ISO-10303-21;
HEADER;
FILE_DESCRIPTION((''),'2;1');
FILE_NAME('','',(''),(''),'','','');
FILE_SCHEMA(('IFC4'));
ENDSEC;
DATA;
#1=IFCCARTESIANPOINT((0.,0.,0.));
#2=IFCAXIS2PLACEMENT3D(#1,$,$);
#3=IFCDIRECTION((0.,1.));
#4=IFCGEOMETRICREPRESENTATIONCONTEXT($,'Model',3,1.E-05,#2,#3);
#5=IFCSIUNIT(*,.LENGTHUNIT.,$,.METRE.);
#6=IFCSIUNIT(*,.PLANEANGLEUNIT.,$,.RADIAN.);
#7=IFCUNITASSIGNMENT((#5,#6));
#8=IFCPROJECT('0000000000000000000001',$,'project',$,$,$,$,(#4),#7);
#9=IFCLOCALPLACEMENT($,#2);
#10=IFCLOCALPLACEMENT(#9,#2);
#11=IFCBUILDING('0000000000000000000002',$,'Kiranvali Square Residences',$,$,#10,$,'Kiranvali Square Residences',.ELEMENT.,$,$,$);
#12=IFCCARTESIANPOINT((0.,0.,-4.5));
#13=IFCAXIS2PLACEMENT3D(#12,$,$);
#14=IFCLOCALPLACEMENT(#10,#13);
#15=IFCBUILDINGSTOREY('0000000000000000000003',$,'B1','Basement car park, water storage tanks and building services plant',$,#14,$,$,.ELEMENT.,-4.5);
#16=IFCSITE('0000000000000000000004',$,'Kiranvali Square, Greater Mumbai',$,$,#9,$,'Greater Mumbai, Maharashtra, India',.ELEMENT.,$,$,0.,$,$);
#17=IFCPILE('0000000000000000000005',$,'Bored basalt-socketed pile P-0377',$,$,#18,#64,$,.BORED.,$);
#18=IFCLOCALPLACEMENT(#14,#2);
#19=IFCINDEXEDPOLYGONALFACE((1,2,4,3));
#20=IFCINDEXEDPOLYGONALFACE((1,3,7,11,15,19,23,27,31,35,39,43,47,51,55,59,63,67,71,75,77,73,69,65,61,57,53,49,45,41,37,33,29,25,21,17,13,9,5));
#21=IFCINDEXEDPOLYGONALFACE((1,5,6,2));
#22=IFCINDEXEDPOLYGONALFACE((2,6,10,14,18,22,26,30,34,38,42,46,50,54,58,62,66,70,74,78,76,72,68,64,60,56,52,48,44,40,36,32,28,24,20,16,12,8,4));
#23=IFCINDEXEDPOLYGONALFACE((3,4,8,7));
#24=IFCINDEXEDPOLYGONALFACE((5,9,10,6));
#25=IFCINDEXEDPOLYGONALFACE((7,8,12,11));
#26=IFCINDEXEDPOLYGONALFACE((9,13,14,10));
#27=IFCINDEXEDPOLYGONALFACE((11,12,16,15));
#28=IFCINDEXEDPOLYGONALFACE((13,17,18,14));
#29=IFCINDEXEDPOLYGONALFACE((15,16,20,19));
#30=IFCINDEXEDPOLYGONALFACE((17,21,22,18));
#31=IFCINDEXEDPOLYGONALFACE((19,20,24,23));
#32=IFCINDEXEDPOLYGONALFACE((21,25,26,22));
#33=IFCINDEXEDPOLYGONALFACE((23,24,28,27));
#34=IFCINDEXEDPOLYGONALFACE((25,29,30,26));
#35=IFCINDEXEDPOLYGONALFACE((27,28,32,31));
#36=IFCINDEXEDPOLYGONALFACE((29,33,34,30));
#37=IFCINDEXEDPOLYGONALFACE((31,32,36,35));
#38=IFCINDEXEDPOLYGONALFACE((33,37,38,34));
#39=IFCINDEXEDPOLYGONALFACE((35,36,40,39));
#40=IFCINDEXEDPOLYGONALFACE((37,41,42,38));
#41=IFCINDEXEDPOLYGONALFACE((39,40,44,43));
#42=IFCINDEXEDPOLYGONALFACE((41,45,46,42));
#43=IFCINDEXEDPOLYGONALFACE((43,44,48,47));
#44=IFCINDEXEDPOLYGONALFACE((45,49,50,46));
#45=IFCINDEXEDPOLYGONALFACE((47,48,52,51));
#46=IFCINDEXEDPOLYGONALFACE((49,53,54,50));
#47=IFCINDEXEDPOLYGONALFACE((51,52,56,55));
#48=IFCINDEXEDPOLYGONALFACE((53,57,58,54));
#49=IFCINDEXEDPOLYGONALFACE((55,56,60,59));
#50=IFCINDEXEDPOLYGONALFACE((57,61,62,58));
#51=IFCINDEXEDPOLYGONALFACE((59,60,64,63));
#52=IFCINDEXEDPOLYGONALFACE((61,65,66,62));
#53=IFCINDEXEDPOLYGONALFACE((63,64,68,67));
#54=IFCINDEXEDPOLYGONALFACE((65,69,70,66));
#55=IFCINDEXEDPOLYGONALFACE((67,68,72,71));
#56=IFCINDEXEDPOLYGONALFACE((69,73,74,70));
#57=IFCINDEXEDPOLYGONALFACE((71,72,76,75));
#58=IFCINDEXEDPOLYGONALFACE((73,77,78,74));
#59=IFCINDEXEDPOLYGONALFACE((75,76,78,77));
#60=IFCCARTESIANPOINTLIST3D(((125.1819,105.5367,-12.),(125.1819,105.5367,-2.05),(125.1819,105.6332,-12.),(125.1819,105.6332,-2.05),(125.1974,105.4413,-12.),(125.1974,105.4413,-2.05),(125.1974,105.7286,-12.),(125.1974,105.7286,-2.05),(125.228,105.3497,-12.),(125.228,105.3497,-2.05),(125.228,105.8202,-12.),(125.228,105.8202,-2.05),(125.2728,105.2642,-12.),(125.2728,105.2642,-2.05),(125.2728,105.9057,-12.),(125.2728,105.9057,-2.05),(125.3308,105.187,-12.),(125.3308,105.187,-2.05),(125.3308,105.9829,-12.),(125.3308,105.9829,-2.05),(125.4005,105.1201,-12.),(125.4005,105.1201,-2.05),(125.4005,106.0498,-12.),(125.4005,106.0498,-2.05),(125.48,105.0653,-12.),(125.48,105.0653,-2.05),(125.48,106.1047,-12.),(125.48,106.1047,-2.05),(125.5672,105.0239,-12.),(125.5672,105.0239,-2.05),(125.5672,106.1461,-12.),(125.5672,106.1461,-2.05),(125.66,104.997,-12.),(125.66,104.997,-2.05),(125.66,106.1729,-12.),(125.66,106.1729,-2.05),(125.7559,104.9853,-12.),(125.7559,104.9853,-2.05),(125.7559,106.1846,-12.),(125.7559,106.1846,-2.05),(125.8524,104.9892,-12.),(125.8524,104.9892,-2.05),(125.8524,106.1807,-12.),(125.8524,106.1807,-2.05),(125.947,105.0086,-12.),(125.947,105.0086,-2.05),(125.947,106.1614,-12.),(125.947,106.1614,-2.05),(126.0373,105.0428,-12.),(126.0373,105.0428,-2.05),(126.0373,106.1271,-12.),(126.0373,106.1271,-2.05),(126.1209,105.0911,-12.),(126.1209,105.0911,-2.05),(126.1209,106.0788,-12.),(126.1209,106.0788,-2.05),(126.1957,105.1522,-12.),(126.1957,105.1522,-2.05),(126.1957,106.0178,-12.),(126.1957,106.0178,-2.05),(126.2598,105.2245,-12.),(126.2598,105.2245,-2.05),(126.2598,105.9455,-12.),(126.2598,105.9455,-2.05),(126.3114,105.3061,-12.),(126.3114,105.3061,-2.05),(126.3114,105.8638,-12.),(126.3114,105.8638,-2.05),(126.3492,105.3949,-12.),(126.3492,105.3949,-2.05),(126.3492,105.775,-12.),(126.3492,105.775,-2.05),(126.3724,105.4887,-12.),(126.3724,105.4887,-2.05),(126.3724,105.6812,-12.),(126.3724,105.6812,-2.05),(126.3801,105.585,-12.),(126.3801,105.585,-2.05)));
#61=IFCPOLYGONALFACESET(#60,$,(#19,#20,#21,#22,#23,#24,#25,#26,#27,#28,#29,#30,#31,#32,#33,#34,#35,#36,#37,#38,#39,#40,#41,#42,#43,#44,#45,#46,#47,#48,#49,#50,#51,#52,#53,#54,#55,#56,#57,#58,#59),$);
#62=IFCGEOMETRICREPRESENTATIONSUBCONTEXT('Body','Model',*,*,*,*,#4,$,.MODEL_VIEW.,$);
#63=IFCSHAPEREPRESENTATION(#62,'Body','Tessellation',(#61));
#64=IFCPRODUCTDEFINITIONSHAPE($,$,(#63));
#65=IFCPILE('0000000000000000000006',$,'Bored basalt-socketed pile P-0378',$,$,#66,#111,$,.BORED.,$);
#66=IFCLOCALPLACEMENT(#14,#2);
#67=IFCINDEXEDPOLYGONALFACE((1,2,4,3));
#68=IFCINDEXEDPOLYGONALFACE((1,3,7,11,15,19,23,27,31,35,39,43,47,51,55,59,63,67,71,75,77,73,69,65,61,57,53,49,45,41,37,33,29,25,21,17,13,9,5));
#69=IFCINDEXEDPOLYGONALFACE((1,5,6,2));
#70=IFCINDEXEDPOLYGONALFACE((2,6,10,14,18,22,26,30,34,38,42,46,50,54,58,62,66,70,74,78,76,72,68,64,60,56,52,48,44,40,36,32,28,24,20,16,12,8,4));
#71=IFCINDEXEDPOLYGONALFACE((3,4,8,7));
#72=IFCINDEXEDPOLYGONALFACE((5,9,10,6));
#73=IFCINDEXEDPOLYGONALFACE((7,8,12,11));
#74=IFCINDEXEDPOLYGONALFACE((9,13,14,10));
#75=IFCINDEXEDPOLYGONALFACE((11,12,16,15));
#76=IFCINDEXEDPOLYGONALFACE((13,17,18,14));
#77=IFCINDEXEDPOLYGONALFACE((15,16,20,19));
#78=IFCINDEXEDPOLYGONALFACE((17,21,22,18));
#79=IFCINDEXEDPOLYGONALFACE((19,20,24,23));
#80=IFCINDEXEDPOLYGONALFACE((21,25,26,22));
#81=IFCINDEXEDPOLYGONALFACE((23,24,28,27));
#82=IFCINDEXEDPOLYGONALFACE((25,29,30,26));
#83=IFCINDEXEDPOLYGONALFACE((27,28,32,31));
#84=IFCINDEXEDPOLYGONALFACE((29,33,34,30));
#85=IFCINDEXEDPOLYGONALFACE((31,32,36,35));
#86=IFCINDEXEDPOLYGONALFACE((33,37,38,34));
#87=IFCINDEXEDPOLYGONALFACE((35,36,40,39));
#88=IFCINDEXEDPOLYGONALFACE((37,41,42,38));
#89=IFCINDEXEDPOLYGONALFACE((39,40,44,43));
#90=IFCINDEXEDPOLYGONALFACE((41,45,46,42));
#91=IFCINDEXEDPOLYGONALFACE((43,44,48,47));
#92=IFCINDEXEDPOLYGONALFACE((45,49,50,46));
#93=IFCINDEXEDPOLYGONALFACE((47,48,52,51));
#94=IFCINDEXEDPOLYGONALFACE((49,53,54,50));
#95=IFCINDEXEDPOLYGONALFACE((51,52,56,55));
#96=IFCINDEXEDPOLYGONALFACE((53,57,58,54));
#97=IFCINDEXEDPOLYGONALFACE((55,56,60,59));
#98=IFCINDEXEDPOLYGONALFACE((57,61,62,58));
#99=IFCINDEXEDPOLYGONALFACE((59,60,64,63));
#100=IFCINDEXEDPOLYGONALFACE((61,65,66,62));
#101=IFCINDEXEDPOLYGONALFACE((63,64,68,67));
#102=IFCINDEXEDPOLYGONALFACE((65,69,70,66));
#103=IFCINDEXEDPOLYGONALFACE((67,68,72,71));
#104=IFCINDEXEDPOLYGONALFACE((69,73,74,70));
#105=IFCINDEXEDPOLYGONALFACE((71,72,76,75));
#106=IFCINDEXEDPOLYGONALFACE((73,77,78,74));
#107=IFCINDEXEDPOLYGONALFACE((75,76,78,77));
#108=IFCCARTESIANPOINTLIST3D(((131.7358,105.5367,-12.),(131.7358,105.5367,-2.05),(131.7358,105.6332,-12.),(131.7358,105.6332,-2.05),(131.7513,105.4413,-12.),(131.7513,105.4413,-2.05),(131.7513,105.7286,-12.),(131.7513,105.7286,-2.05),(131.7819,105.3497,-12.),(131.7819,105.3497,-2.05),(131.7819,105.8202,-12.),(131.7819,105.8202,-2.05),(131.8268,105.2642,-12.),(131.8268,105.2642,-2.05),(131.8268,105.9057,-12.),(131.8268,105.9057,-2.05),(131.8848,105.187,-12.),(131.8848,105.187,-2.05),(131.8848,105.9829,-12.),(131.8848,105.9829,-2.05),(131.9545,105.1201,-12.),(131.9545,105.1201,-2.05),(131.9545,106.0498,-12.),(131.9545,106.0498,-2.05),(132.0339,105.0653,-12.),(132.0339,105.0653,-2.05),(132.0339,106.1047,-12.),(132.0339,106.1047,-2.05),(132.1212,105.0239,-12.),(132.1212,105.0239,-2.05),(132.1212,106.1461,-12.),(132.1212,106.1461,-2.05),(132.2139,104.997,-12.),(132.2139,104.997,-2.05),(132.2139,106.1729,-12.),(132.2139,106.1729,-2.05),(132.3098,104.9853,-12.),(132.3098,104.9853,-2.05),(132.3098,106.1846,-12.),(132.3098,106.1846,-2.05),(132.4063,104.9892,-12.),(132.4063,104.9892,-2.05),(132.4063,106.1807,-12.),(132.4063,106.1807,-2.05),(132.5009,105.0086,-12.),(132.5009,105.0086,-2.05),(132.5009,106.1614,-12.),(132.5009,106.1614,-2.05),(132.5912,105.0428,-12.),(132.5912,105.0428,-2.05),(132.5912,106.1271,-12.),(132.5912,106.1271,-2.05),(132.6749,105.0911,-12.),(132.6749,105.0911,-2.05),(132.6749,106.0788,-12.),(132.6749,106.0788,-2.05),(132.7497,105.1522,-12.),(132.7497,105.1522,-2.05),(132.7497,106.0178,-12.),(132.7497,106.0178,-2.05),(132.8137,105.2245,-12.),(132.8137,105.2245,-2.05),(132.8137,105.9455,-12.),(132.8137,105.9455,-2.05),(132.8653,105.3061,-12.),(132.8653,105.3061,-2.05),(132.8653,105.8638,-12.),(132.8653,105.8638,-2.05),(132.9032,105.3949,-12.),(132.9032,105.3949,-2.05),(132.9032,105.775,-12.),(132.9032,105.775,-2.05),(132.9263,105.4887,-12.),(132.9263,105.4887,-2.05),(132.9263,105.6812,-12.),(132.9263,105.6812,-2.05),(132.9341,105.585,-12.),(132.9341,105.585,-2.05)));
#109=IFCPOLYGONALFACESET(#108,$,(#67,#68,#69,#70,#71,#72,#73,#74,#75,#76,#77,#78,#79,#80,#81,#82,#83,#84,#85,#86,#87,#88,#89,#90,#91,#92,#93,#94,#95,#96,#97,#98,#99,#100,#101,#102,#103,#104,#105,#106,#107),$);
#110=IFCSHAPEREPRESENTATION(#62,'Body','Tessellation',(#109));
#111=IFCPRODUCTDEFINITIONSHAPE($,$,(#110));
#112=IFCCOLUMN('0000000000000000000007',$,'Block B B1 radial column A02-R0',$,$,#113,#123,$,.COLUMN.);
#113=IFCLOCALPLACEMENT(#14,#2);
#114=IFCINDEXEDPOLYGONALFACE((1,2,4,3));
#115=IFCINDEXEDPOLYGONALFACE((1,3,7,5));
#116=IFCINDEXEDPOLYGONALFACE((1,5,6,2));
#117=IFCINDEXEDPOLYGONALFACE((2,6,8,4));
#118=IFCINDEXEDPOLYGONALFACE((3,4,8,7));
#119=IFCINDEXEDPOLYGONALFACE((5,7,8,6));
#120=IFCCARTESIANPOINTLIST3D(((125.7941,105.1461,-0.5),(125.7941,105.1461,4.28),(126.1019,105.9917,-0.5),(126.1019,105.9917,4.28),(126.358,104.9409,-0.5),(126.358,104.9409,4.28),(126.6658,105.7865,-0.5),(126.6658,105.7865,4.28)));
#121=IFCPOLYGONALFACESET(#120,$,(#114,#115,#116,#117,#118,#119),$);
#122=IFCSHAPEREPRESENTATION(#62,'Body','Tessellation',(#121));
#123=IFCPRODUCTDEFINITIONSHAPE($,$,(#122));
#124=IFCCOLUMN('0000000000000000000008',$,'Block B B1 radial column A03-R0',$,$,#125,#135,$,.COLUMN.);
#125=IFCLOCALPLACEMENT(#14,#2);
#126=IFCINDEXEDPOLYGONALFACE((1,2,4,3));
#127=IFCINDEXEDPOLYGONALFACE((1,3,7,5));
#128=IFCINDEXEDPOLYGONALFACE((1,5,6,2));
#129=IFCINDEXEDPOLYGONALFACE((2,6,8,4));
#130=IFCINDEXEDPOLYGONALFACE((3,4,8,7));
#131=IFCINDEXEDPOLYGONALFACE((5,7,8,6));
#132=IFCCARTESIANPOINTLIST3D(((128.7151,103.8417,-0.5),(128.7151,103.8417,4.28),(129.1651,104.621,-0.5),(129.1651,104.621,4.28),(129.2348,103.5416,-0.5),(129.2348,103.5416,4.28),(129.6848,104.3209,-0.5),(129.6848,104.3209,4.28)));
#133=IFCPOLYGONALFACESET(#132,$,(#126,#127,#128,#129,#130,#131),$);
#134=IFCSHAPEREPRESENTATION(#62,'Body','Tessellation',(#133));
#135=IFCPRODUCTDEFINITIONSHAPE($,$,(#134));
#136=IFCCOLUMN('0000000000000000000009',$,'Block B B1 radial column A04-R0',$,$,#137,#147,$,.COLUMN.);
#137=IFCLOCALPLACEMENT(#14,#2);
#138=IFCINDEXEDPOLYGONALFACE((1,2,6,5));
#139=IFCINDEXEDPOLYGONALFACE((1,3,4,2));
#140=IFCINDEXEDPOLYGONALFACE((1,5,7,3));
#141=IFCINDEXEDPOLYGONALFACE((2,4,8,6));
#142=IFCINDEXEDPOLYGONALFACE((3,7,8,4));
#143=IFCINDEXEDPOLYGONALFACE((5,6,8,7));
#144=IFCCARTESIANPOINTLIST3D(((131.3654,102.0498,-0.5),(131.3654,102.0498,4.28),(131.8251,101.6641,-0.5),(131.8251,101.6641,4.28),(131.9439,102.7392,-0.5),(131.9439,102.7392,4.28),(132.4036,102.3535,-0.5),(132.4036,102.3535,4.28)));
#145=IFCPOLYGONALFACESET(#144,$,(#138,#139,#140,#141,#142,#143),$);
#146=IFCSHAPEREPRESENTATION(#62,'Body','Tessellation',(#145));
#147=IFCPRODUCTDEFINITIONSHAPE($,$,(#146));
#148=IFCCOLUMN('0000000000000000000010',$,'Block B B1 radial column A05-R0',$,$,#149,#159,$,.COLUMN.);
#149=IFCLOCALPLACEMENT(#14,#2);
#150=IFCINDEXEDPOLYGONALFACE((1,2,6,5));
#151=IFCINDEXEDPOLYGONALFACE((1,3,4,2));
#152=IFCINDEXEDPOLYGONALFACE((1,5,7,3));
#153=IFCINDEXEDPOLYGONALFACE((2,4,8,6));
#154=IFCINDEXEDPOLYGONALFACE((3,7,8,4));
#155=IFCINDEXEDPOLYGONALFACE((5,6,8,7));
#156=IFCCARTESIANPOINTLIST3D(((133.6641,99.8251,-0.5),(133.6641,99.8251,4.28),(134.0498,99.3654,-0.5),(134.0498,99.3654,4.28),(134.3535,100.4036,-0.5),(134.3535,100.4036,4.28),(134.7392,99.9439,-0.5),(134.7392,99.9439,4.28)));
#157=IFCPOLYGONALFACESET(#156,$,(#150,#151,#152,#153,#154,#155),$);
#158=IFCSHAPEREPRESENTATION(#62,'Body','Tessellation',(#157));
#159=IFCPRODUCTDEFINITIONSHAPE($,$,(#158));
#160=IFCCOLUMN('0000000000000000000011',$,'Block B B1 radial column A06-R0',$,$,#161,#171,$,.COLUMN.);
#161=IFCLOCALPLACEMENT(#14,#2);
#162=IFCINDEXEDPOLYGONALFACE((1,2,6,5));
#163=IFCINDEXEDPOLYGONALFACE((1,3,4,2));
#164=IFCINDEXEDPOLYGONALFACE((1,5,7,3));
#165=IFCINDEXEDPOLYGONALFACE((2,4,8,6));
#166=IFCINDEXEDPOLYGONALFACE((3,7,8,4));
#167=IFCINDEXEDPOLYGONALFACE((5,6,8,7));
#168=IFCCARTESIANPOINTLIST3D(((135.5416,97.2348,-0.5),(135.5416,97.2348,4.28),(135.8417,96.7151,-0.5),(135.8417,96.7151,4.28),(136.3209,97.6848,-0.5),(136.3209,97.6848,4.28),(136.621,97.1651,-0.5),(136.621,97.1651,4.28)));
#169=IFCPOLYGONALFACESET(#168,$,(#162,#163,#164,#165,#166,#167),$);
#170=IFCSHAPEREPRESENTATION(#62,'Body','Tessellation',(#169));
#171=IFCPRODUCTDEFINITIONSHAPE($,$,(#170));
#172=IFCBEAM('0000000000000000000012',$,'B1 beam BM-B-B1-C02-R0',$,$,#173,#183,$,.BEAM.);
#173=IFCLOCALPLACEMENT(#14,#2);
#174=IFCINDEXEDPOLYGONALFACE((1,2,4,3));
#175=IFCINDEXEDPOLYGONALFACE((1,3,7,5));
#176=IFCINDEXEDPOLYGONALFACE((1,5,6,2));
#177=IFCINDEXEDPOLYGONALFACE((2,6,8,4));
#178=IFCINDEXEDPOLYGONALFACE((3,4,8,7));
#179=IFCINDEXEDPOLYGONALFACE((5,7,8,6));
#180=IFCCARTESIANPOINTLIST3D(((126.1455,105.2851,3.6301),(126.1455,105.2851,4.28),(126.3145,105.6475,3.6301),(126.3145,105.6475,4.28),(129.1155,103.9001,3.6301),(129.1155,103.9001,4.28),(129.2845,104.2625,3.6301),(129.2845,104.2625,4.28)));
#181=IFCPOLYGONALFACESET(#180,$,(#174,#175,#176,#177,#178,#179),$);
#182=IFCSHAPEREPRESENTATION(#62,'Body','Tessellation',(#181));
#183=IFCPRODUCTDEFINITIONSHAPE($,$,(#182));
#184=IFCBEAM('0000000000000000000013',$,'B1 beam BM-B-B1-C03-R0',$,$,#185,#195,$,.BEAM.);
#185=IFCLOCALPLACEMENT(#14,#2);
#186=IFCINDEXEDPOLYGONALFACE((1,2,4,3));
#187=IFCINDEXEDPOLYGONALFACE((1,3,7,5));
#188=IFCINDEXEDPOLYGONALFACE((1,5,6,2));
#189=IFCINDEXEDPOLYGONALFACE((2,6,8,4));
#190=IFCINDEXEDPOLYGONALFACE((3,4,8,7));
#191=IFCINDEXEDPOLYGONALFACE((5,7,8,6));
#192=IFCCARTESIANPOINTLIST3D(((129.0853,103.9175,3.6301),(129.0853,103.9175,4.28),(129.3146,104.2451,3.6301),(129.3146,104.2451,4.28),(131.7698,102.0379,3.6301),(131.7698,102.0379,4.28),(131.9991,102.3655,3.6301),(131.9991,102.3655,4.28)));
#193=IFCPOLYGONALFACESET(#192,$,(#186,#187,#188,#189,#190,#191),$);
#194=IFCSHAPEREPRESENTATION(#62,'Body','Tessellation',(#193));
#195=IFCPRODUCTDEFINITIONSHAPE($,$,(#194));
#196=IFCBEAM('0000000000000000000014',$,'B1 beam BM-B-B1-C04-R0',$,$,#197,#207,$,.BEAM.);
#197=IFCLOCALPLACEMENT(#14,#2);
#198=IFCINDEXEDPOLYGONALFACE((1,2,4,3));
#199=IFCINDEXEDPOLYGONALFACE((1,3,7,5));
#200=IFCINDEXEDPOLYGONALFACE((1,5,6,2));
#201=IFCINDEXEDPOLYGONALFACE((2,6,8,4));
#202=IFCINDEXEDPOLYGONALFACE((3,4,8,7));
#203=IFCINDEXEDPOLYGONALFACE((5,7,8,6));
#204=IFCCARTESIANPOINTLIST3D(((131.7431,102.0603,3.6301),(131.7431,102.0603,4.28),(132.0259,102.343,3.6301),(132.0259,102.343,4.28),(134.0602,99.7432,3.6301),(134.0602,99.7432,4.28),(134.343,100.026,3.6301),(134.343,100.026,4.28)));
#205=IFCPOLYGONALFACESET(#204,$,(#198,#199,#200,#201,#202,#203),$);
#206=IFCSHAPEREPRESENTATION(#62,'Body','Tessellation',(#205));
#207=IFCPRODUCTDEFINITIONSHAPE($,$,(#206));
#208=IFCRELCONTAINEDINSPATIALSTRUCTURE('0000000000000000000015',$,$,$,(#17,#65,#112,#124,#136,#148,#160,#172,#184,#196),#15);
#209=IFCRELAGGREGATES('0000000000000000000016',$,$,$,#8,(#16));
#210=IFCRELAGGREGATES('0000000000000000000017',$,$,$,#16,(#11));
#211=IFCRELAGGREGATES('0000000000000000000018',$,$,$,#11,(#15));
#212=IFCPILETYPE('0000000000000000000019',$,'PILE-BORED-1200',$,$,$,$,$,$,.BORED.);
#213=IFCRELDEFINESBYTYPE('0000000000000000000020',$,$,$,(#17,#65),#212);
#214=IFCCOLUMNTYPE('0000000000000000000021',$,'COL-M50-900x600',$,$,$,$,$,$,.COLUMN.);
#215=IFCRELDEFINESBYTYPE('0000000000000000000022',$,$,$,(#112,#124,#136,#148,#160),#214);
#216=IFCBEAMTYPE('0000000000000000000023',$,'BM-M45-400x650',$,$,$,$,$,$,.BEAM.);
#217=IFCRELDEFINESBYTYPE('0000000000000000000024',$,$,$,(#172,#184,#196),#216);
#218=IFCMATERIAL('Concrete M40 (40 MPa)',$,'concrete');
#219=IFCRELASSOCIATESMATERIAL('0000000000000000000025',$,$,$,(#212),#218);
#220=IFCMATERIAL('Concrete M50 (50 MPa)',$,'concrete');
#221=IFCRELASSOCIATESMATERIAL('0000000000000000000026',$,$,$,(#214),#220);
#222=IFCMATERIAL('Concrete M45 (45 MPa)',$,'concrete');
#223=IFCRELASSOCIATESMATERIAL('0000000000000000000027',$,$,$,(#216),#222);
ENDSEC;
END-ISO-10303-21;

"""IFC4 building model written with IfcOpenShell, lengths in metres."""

from ifc_helpers import new_model, si_unit, direction, frame, origin, origin_2d, place, context, subcontext, project, spatial, rectangle, circle, extrude, material, material_profile, profile_set, type_object, element, save


model = new_model("IFC4")

# Units and contexts
model_context = context("Model", 3, precision=1e-05, world=origin(), true_north=direction((0.0, 1.0)))
body_context = subcontext(model_context, "Body", "Model", "MODEL_VIEW")
ifc_project = project(units=[si_unit("LENGTHUNIT", "METRE"), si_unit("PLANEANGLEUNIT", "RADIAN")], contexts=[model_context])

# Site, building, storey
site_placement = place(None, origin())
site = spatial("IfcSite", under=ifc_project, at=site_placement, Name="Kiranvali Square, Greater Mumbai", LongName="Greater Mumbai, Maharashtra, India", CompositionType="ELEMENT", RefElevation=0.0)
building_placement = place(site_placement, origin())
building = spatial("IfcBuilding", under=site, at=building_placement, Name="Kiranvali Square Residences", LongName="Kiranvali Square Residences", CompositionType="ELEMENT")
storey_placement = place(building_placement, frame((0.0, 0.0, -4.5)))
storey = spatial("IfcBuildingStorey", under=building, at=storey_placement, Name="B1", Description="Basement car park, water storage tanks and building services plant", CompositionType="ELEMENT", Elevation=-4.5)

# Shared definitions
ifc_material_1 = material(Name="Concrete M40 (40 MPa)", Category="concrete")

# Piles
ifc_material_profile_1 = material_profile(ifc_material_1, circle(Radius=0.6001, at=origin_2d()), Name="BORED PILE 1200")
ifc_profile_set_1 = profile_set([ifc_material_profile_1], Name="Concrete M40 (40 MPa)")
pile_type = type_object("IfcPileType", Name="PILE-BORED-1200", PredefinedType="BORED", material=ifc_profile_set_1)
for number, where, z_axis, x_axis, name in (
    (1, (125.78, 105.585, -2.05), (0.0, 0.0, -1.0), (1.0, 0.0, 0.0), "Bored basalt-socketed pile P-0377"),
    (2, (132.334, 105.585, -2.05), (0.0, 0.0, -1.0), (1.0, 0.0, 0.0), "Bored basalt-socketed pile P-0378"),
):
    element("IfcPile", number, at=place(storey_placement, frame(where, z_axis=z_axis, x_axis=x_axis)), inside=storey, type_object=pile_type, Name=name, PredefinedType="BORED", context=body_context, shape_type="SweptSolid", body=[
        extrude(circle(Radius=0.6001, at=origin_2d()), origin(), (0.0, 0.0, 1.0), 9.95),
    ])

# Columns
ifc_material_2 = material(Name="Concrete M50 (50 MPa)", Category="concrete")
ifc_material_profile_2 = material_profile(ifc_material_2, rectangle(XDim=0.6001, YDim=0.8999, at=origin_2d()), Name="RC 900x600")
ifc_profile_set_2 = profile_set([ifc_material_profile_2], Name="Concrete M50 (50 MPa)")
column_type = type_object("IfcColumnType", Name="COL-M50-900x600", PredefinedType="COLUMN", material=ifc_profile_set_2)
for number, where, z_axis, x_axis, name in (
    (3, (126.23, 105.4663, -0.5), (0.0, 0.0, 1.0), (-0.939693, 0.34202, 0.0), "Block B B1 radial column A02-R0"),
    (4, (129.2, 104.0813, -0.5), (0.0, 0.0, 1.0), (-0.866025, 0.5, 0.0), "Block B B1 radial column A03-R0"),
    (5, (131.8845, 102.2017, -0.5), (0.0, 0.0, 1.0), (-0.766044, 0.642788, 0.0), "Block B B1 radial column A04-R0"),
    (6, (134.2017, 99.8845, -0.5), (0.0, 0.0, 1.0), (-0.642788, 0.766044, 0.0), "Block B B1 radial column A05-R0"),
    (7, (136.0813, 97.2, -0.5), (0.0, 0.0, 1.0), (-0.5, 0.866025, 0.0), "Block B B1 radial column A06-R0"),
):
    element("IfcColumn", number, at=place(storey_placement, frame(where, z_axis=z_axis, x_axis=x_axis)), inside=storey, type_object=column_type, Name=name, PredefinedType="COLUMN", context=body_context, shape_type="SweptSolid", body=[
        extrude(rectangle(XDim=0.6001, YDim=0.8999, at=origin_2d()), origin(), (0.0, 0.0, 1.0), 4.78),
    ])

# Beams
ifc_material_3 = material(Name="Concrete M45 (45 MPa)", Category="concrete")
ifc_material_profile_3 = material_profile(ifc_material_3, rectangle(XDim=0.3999, YDim=0.6499, at=origin_2d()), Name="RC 400x650")
ifc_profile_set_3 = profile_set([ifc_material_profile_3], Name="Concrete M45 (45 MPa)")
beam_type = type_object("IfcBeamType", Name="BM-M45-400x650", PredefinedType="BEAM", material=ifc_profile_set_3)
for number, where, z_axis, x_axis, name in (
    (8, (126.23, 105.4663, 3.9551), (0.906297, -0.422641, 0.0), (0.422641, 0.906297, 0.0), "B1 beam BM-B-B1-C02-R0"),
    (9, (129.2, 104.0813, 3.9551), (0.819169, -0.573552, 0.0), (0.573552, 0.819169, 0.0), "B1 beam BM-B-B1-C03-R0"),
):
    element("IfcBeam", number, at=place(storey_placement, frame(where, z_axis=z_axis, x_axis=x_axis)), inside=storey, type_object=beam_type, Name=name, PredefinedType="BEAM", context=body_context, shape_type="SweptSolid", body=[
        extrude(rectangle(XDim=0.3999, YDim=0.6499, at=origin_2d()), origin(), (0.0, 0.0, 1.0), 3.2771),
    ])
beam_placement = place(storey_placement, frame((131.8845, 102.2017, 3.9551), z_axis=(0.707107, -0.707107, 0.0), x_axis=(0.707107, 0.707107, 0.0)))
element("IfcBeam", 10, at=beam_placement, inside=storey, type_object=beam_type, Name="B1 beam BM-B-B1-C04-R0", PredefinedType="BEAM", context=body_context, shape_type="SweptSolid", body=[
    extrude(rectangle(XDim=0.3999, YDim=0.6499, at=origin_2d()), origin(), (0.0, 0.0, 1.0), 3.2769),
])

save(model, "model.ifc")
